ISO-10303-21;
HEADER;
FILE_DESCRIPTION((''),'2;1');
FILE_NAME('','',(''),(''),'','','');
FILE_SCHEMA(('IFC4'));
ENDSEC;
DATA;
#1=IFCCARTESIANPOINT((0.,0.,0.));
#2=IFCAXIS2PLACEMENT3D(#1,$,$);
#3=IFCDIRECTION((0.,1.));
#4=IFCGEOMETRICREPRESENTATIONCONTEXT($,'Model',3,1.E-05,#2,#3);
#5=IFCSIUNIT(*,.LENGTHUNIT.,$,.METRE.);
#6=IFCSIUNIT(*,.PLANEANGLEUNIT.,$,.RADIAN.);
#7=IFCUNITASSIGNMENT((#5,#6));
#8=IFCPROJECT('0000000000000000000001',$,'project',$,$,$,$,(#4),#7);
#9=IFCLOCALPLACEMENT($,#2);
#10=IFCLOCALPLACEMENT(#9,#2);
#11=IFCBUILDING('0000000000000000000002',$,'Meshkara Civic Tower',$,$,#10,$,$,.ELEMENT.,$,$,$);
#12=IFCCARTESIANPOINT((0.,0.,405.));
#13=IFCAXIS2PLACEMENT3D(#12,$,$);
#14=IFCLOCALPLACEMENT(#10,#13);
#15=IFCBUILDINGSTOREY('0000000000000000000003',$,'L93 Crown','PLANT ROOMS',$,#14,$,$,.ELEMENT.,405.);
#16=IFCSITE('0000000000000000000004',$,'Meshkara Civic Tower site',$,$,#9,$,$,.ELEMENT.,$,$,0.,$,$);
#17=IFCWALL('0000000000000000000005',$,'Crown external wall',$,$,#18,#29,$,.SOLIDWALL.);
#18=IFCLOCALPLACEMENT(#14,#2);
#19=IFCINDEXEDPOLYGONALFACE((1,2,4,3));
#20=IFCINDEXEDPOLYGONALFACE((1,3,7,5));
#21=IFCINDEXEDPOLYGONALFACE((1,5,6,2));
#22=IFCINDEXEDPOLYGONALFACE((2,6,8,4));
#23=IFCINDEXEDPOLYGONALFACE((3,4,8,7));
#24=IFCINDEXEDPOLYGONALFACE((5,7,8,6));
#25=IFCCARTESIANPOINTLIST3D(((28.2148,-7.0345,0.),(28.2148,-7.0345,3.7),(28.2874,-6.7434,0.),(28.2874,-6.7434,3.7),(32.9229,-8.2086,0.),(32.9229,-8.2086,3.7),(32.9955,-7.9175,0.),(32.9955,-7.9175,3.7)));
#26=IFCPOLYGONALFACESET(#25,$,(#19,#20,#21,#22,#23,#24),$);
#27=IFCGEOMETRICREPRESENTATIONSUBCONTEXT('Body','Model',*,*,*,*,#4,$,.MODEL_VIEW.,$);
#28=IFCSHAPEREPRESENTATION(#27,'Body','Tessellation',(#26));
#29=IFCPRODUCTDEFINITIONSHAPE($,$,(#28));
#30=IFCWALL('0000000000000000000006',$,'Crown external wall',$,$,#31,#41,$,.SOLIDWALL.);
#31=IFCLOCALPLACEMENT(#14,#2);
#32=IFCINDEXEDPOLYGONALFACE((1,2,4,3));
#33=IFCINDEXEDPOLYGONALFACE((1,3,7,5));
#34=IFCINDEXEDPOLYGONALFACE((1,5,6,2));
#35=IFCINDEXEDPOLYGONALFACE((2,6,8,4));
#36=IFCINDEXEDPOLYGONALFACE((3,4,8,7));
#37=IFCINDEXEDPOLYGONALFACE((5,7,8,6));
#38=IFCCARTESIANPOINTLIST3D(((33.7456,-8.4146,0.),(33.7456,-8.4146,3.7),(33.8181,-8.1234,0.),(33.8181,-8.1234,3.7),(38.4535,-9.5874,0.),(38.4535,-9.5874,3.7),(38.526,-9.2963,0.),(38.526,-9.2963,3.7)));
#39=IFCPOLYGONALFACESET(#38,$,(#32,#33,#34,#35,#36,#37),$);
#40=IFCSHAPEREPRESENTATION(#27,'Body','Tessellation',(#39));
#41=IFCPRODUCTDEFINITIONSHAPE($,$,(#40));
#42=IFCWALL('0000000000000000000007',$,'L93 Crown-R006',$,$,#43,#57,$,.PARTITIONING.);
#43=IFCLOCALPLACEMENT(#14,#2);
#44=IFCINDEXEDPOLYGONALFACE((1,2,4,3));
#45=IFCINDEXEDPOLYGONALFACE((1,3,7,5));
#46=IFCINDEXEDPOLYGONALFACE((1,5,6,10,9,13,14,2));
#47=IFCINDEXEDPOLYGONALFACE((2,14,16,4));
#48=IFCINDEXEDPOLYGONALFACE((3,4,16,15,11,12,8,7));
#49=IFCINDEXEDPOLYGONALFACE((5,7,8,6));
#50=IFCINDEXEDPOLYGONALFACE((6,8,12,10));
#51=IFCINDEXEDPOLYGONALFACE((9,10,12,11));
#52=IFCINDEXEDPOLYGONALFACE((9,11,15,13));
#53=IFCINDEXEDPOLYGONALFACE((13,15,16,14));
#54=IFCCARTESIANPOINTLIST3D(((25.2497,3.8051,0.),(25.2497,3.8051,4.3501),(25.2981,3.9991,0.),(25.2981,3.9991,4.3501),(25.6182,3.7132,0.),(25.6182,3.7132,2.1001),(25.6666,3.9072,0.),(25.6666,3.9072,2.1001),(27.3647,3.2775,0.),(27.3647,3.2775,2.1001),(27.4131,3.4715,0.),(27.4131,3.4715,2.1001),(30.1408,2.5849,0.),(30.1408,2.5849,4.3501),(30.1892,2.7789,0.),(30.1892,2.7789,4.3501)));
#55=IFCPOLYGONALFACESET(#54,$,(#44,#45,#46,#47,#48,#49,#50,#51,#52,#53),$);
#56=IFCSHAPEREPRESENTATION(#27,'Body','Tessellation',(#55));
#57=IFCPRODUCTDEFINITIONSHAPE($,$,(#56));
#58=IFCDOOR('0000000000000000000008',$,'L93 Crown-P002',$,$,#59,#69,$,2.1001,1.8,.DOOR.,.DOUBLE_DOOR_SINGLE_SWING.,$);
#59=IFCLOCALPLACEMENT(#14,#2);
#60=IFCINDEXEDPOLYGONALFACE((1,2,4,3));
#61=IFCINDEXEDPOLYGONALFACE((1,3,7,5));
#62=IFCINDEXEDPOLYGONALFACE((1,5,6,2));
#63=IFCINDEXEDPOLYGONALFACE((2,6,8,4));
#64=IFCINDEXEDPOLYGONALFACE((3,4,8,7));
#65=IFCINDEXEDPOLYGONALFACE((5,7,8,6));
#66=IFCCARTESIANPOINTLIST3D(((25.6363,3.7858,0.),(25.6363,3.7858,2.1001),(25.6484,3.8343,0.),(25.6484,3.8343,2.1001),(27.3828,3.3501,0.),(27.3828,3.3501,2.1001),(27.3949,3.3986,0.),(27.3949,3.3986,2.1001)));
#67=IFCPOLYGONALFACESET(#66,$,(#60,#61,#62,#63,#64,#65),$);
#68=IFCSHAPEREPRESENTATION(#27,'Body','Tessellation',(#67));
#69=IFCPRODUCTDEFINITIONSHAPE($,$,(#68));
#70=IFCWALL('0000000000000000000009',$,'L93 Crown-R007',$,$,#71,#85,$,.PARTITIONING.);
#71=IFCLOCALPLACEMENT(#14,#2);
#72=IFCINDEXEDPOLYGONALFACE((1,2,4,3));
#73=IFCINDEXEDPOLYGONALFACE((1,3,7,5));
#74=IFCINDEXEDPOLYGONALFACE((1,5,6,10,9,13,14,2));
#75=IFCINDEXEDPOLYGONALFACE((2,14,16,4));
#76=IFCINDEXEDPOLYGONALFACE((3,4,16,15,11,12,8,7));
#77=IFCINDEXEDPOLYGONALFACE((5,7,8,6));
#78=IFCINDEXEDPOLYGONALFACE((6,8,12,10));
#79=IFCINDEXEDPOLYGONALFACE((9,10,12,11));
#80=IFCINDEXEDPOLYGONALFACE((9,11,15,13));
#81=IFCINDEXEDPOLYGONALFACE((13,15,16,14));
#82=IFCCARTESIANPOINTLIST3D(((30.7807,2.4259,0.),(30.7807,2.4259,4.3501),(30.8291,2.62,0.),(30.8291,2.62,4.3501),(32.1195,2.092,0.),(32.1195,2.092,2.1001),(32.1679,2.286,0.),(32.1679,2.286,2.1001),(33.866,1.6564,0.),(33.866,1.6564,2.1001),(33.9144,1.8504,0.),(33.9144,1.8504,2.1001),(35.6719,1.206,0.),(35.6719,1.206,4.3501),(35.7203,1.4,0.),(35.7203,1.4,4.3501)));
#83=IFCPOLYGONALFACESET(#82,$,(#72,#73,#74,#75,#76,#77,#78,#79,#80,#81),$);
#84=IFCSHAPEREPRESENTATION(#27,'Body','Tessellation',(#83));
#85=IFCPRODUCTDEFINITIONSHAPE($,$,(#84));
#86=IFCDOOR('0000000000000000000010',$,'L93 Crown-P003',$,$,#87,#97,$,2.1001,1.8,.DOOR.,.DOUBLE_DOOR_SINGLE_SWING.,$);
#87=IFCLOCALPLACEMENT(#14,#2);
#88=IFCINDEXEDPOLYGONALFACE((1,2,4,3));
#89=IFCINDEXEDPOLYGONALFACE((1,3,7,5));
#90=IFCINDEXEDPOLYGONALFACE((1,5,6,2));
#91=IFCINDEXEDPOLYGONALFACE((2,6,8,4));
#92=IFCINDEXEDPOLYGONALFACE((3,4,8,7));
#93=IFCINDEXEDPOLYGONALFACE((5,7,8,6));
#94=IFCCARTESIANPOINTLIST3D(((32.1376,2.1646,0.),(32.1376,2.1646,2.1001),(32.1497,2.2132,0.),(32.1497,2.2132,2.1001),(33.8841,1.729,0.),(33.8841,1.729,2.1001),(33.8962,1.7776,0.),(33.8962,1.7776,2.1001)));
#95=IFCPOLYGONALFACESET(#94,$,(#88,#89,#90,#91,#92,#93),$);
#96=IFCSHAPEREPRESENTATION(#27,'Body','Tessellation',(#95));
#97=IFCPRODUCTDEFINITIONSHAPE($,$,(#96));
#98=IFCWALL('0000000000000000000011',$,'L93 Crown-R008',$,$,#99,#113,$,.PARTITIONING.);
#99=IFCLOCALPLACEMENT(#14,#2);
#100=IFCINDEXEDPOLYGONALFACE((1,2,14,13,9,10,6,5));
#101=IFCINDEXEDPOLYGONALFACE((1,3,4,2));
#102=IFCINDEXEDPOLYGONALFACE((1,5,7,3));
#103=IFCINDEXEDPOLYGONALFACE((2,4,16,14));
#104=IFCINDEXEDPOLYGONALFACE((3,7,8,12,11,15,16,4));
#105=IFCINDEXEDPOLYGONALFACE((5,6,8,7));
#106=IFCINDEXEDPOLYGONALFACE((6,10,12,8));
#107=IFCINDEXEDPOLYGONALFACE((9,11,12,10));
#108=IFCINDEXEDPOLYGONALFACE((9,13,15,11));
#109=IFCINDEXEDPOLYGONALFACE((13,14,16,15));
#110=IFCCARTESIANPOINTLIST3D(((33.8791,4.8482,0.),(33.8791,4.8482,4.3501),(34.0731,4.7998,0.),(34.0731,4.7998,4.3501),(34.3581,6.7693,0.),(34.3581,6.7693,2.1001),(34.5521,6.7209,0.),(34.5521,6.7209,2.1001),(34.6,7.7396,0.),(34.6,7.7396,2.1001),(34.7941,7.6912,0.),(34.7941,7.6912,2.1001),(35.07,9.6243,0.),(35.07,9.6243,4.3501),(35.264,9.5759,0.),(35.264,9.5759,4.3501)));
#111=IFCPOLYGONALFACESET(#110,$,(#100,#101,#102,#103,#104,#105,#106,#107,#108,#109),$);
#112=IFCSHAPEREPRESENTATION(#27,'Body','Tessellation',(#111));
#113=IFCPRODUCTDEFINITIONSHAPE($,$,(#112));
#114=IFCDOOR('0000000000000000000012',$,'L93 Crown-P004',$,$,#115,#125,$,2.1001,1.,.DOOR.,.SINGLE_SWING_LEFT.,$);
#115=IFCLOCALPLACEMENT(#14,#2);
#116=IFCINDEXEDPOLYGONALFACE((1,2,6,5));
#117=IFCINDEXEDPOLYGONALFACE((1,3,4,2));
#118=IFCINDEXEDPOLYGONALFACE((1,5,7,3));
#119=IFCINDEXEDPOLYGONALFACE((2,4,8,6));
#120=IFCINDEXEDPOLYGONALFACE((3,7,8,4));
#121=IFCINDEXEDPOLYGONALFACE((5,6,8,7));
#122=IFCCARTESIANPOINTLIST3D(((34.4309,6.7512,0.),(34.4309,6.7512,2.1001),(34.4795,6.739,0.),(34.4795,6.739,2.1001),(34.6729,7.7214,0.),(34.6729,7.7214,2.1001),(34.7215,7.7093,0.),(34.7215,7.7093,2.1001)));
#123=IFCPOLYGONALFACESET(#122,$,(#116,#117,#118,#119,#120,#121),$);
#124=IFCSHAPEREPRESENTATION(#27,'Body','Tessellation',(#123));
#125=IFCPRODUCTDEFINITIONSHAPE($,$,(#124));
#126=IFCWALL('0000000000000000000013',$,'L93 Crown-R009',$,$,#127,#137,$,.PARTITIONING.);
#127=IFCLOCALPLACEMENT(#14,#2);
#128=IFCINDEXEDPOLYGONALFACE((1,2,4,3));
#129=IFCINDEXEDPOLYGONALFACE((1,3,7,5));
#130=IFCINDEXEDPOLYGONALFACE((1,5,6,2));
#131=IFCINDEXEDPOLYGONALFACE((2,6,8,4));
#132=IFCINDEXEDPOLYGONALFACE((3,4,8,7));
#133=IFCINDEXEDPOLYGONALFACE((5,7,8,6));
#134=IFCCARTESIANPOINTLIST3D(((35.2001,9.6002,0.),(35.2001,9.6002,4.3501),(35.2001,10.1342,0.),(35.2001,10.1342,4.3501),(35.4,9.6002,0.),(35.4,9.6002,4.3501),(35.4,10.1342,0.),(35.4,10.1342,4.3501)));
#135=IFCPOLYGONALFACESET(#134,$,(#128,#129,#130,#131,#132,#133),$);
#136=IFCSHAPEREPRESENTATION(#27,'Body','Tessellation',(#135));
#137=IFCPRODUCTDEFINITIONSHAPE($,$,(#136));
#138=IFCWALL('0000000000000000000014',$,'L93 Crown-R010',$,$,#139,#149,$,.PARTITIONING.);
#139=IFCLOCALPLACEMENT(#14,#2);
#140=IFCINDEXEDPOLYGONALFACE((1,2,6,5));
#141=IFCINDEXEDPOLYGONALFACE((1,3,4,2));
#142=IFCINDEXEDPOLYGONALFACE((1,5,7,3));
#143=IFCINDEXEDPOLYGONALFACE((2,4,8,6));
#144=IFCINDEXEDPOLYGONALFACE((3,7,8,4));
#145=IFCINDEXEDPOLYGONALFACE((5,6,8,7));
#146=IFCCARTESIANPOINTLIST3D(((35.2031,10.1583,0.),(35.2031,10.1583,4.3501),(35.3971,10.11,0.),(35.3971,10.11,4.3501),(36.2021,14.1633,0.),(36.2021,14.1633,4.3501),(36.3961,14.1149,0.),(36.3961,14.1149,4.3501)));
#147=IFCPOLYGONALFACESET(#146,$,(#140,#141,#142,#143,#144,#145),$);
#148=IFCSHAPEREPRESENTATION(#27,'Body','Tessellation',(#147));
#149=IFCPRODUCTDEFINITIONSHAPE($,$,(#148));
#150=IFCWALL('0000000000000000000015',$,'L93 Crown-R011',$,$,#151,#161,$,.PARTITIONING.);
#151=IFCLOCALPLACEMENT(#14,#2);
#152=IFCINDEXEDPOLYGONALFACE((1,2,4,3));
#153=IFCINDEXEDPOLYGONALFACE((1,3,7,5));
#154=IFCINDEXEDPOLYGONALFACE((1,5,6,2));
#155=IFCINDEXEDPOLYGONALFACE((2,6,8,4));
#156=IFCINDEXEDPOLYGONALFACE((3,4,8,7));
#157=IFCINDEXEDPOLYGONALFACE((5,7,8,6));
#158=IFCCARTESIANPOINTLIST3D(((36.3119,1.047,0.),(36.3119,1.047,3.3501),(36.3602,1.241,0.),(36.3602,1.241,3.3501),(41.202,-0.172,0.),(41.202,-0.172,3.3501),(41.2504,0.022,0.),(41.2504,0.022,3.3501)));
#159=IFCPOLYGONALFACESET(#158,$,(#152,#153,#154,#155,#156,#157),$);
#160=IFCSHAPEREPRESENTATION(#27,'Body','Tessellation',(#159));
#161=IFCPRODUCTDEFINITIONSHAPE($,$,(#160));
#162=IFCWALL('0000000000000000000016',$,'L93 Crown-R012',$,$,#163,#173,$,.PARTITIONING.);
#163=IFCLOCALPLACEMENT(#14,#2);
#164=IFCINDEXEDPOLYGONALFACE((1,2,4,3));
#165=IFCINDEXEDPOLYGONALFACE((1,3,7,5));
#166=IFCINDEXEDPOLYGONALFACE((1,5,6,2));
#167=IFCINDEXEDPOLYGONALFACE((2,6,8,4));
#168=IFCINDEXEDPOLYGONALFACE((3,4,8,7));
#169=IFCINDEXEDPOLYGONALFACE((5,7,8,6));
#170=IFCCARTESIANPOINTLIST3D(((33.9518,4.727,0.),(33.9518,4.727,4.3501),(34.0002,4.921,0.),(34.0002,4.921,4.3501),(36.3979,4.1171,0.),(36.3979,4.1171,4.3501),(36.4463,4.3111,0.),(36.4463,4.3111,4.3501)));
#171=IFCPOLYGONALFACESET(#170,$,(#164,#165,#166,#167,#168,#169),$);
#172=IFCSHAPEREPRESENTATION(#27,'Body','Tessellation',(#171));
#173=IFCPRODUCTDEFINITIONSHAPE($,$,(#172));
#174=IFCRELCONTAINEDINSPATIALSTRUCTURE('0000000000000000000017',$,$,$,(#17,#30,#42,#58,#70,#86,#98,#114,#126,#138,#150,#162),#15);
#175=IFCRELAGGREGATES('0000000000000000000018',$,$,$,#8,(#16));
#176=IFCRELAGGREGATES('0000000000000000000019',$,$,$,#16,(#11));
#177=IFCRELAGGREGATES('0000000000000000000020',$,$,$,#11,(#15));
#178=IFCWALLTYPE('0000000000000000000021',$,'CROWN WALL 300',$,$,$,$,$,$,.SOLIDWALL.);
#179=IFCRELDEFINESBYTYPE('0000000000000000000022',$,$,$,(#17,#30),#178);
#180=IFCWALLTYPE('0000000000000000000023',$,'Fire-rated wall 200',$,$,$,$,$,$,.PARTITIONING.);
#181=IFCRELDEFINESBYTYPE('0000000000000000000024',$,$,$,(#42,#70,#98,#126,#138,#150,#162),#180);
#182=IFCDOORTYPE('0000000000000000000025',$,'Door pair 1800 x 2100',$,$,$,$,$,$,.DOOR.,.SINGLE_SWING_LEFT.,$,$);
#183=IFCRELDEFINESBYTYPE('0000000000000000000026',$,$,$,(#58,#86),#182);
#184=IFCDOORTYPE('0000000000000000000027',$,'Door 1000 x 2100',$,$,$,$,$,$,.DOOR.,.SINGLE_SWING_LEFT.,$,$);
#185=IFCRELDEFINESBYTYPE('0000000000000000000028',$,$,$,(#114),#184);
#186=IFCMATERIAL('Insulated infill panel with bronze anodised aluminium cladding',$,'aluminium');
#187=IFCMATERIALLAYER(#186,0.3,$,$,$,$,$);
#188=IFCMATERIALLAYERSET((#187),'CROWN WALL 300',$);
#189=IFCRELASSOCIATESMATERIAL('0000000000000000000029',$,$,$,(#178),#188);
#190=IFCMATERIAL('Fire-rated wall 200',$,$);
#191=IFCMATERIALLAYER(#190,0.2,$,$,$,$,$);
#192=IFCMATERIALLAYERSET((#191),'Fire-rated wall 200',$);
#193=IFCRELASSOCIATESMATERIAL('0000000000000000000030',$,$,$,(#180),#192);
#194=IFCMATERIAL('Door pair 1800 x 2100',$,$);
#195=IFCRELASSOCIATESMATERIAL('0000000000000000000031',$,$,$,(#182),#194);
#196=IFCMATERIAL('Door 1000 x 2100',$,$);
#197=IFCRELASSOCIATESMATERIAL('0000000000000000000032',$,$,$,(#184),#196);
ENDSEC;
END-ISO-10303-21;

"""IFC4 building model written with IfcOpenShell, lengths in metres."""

from ifc_helpers import new_model, si_unit, direction, frame, frame_2d, origin, place, context, subcontext, project, spatial, rectangle, extrude, material, layer, layer_set, type_object, element, fill, save


model = new_model("IFC4")

# Units and contexts
model_context = context("Model", 3, precision=1e-05, world=origin(), true_north=direction((0.0, 1.0)))
body_context = subcontext(model_context, "Body", "Model", "MODEL_VIEW")
ifc_project = project(units=[si_unit("LENGTHUNIT", "METRE"), si_unit("PLANEANGLEUNIT", "RADIAN")], contexts=[model_context])

# Site, building, storey
site_placement = place(None, origin())
site = spatial("IfcSite", under=ifc_project, at=site_placement, Name="Meshkara Civic Tower site", CompositionType="ELEMENT", RefElevation=0.0)
building_placement = place(site_placement, origin())
building = spatial("IfcBuilding", under=site, at=building_placement, Name="Meshkara Civic Tower", CompositionType="ELEMENT")
storey_placement = place(building_placement, frame((0.0, 0.0, 405.0)))
storey = spatial("IfcBuildingStorey", under=building, at=storey_placement, Name="L93 Crown", Description="PLANT ROOMS", CompositionType="ELEMENT", Elevation=405.0)

# Walls
ifc_material_1 = material(Name="Insulated infill panel with bronze anodised aluminium cladding", Category="aluminium")
ifc_layer_1 = layer(ifc_material_1, 0.3)
ifc_layer_set_1 = layer_set([ifc_layer_1], Name="CROWN WALL 300")
wall_type_1 = type_object("IfcWallType", Name="CROWN WALL 300", PredefinedType="SOLIDWALL", material=ifc_layer_set_1)
wall_1_placement = place(storey_placement, frame((28.251, -6.8889, 0.0), z_axis=(0.0, 0.0, 1.0), x_axis=(0.970284, -0.241967, 0.0)))
element("IfcWall", 1, at=wall_1_placement, inside=storey, type_object=wall_type_1, Name="Crown external wall", PredefinedType="SOLIDWALL", context=body_context, shape_type="SweptSolid", body=[
    extrude(rectangle(XDim=4.8523, YDim=0.3, at=frame_2d((2.4263, 0.0))), origin(), (0.0, 0.0, 1.0), 3.7),
])
wall_2_placement = place(storey_placement, frame((33.782, -8.269, 0.0), z_axis=(0.0, 0.0, 1.0), x_axis=(0.970343, -0.24173, 0.0)))
element("IfcWall", 2, at=wall_2_placement, inside=storey, type_object=wall_type_1, Name="Crown external wall", PredefinedType="SOLIDWALL", context=body_context, shape_type="SweptSolid", body=[
    extrude(rectangle(XDim=4.8518, YDim=0.3, at=frame_2d((2.4258, 0.0))), origin(), (0.0, 0.0, 1.0), 3.7),
])

# Walls, openings, doors
ifc_material_2 = material(Name="Fire-rated wall 200")
ifc_layer_2 = layer(ifc_material_2, 0.2)
ifc_layer_set_2 = layer_set([ifc_layer_2], Name="Fire-rated wall 200")
wall_type_2 = type_object("IfcWallType", Name="Fire-rated wall 200", PredefinedType="PARTITIONING", material=ifc_layer_set_2)
wall_3_placement = place(storey_placement, frame((25.2739, 3.9021, 0.0), z_axis=(0.0, 0.0, 1.0), x_axis=(0.970262, -0.242057, 0.0)))
wall_3 = element("IfcWall", 3, at=wall_3_placement, inside=storey, type_object=wall_type_2, Name="L93 Crown-R006", PredefinedType="PARTITIONING", context=body_context, shape_type="SweptSolid", body=[
    extrude(rectangle(XDim=5.041, YDim=0.2, at=frame_2d((2.5205, 0.0))), origin(), (0.0, 0.0, 1.0), 4.3501),
])
opening_1_placement = place(wall_3_placement, frame((0.3799, 0.0, 0.0)))
opening_1 = element("IfcOpeningElement", 4, at=opening_1_placement, cuts=wall_3, PredefinedType="OPENING", context=body_context, shape_type="SweptSolid", body=[
    extrude(rectangle(XDim=1.8, YDim=2.1001, at=frame_2d((0.8999, 1.05))), frame((0.0, 0.1099, 0.0), z_axis=(0.0, -1.0, 0.0), x_axis=(1.0, 0.0, 0.0)), (0.0, 0.0, 1.0), 0.22),
])
ifc_material_3 = material(Name="Door pair 1800 x 2100")
door_type_1 = type_object("IfcDoorType", Name="Door pair 1800 x 2100", OperationType="SINGLE_SWING_LEFT", PredefinedType="DOOR", material=ifc_material_3)
door_1_placement = place(opening_1_placement, origin())
door_1 = element("IfcDoor", 5, at=door_1_placement, inside=storey, type_object=door_type_1, Name="L93 Crown-P002", OperationType="DOUBLE_DOOR_SINGLE_SWING", OverallHeight=2.1001, OverallWidth=1.8, PredefinedType="DOOR", context=body_context, shape_type="SweptSolid", body=[
    extrude(rectangle(XDim=1.8, YDim=2.1001, at=frame_2d((0.8999, 1.05))), frame((0.0, 0.0249, 0.0), z_axis=(0.0, -1.0, 0.0), x_axis=(1.0, 0.0, 0.0)), (0.0, 0.0, 1.0), 0.05),
])
fill(opening_1, door_1)
wall_4_placement = place(storey_placement, frame((30.8049, 2.5229, 0.0), z_axis=(0.0, 0.0, 1.0), x_axis=(0.970273, -0.242011, 0.0)))
wall_4 = element("IfcWall", 6, at=wall_4_placement, inside=storey, type_object=wall_type_2, Name="L93 Crown-R007", PredefinedType="PARTITIONING", context=body_context, shape_type="SweptSolid", body=[
    extrude(rectangle(XDim=5.041, YDim=0.2, at=frame_2d((2.5205, 0.0))), origin(), (0.0, 0.0, 1.0), 4.3501),
])
opening_2_placement = place(wall_4_placement, frame((1.3799, 0.0, 0.0)))
opening_2 = element("IfcOpeningElement", 7, at=opening_2_placement, cuts=wall_4, PredefinedType="OPENING", context=body_context, shape_type="SweptSolid", body=[
    extrude(rectangle(XDim=1.8, YDim=2.1001, at=frame_2d((0.8999, 1.05))), frame((0.0, 0.1099, 0.0), z_axis=(0.0, -1.0, 0.0), x_axis=(1.0, 0.0, 0.0)), (0.0, 0.0, 1.0), 0.22),
])
door_2_placement = place(opening_2_placement, origin())
door_2 = element("IfcDoor", 8, at=door_2_placement, inside=storey, type_object=door_type_1, Name="L93 Crown-P003", OperationType="DOUBLE_DOOR_SINGLE_SWING", OverallHeight=2.1001, OverallWidth=1.8, PredefinedType="DOOR", context=body_context, shape_type="SweptSolid", body=[
    extrude(rectangle(XDim=1.8, YDim=2.1001, at=frame_2d((0.8999, 1.05))), frame((0.0, 0.0249, 0.0), z_axis=(0.0, -1.0, 0.0), x_axis=(1.0, 0.0, 0.0)), (0.0, 0.0, 1.0), 0.05),
])
fill(opening_2, door_2)
wall_5_placement = place(storey_placement, frame((33.9761, 4.824, 0.0), z_axis=(0.0, 0.0, 1.0), x_axis=(0.24194, 0.970291, 0.0)))
wall_5 = element("IfcWall", 9, at=wall_5_placement, inside=storey, type_object=wall_type_2, Name="L93 Crown-R008", PredefinedType="PARTITIONING", context=body_context, shape_type="SweptSolid", body=[
    extrude(rectangle(XDim=4.9224, YDim=0.2, at=frame_2d((2.4612, 0.0))), origin(), (0.0, 0.0, 1.0), 4.3501),
])
opening_3_placement = place(wall_5_placement, frame((1.98, 0.0, 0.0)))
opening_3 = element("IfcOpeningElement", 10, at=opening_3_placement, cuts=wall_5, PredefinedType="OPENING", context=body_context, shape_type="SweptSolid", body=[
    extrude(rectangle(XDim=1.0, YDim=2.1001, at=frame_2d((0.5, 1.05))), frame((0.0, 0.1099, 0.0), z_axis=(0.0, -1.0, 0.0), x_axis=(1.0, 0.0, 0.0)), (0.0, 0.0, 1.0), 0.22),
])
ifc_material_4 = material(Name="Door 1000 x 2100")
door_type_2 = type_object("IfcDoorType", Name="Door 1000 x 2100", OperationType="SINGLE_SWING_LEFT", PredefinedType="DOOR", material=ifc_material_4)
door_3_placement = place(opening_3_placement, origin())
door_3 = element("IfcDoor", 11, at=door_3_placement, inside=storey, type_object=door_type_2, Name="L93 Crown-P004", OperationType="SINGLE_SWING_LEFT", OverallHeight=2.1001, OverallWidth=1.0, PredefinedType="DOOR", context=body_context, shape_type="SweptSolid", body=[
    extrude(rectangle(XDim=1.0, YDim=2.1001, at=frame_2d((0.5, 1.05))), frame((0.0, 0.0249, 0.0), z_axis=(0.0, -1.0, 0.0), x_axis=(1.0, 0.0, 0.0)), (0.0, 0.0, 1.0), 0.05),
])
fill(opening_3, door_3)

# Walls
wall_6_placement = place(storey_placement, frame((35.3, 9.6001, 0.0), z_axis=(0.0, 0.0, 1.0), x_axis=(0.0, 1.0, 0.0)))
element("IfcWall", 12, at=wall_6_placement, inside=storey, type_object=wall_type_2, Name="L93 Crown-R009", PredefinedType="PARTITIONING", context=body_context, shape_type="SweptSolid", body=[
    extrude(rectangle(XDim=0.5339, YDim=0.2, at=frame_2d((0.2671, 0.0))), origin(), (0.0, 0.0, 1.0), 4.3501),
])
wall_7_placement = place(storey_placement, frame((35.3, 10.134, 0.0), z_axis=(0.0, 0.0, 1.0), x_axis=(0.242035, 0.970268, 0.0)))
element("IfcWall", 13, at=wall_7_placement, inside=storey, type_object=wall_type_2, Name="L93 Crown-R010", PredefinedType="PARTITIONING", context=body_context, shape_type="SweptSolid", body=[
    extrude(rectangle(XDim=4.1277, YDim=0.2, at=frame_2d((2.064, 0.0))), origin(), (0.0, 0.0, 1.0), 4.3501),
])
wall_8_placement = place(storey_placement, frame((36.3359, 1.144, 0.0), z_axis=(0.0, 0.0, 1.0), x_axis=(0.970308, -0.241874, 0.0)))
element("IfcWall", 14, at=wall_8_placement, inside=storey, type_object=wall_type_2, Name="L93 Crown-R011", PredefinedType="PARTITIONING", context=body_context, shape_type="SweptSolid", body=[
    extrude(rectangle(XDim=5.0398, YDim=0.2, at=frame_2d((2.52, 0.0))), origin(), (0.0, 0.0, 1.0), 3.3501),
])
wall_9_placement = place(storey_placement, frame((36.4221, 4.2141, 0.0), z_axis=(0.0, 0.0, 1.0), x_axis=(-0.970296, 0.24192, 0.0)))
element("IfcWall", 15, at=wall_9_placement, inside=storey, type_object=wall_type_2, Name="L93 Crown-R012", PredefinedType="PARTITIONING", context=body_context, shape_type="SweptSolid", body=[
    extrude(rectangle(XDim=2.521, YDim=0.2, at=frame_2d((1.2605, 0.0))), origin(), (0.0, 0.0, 1.0), 4.3501),
])

save(model, "model.ifc")
